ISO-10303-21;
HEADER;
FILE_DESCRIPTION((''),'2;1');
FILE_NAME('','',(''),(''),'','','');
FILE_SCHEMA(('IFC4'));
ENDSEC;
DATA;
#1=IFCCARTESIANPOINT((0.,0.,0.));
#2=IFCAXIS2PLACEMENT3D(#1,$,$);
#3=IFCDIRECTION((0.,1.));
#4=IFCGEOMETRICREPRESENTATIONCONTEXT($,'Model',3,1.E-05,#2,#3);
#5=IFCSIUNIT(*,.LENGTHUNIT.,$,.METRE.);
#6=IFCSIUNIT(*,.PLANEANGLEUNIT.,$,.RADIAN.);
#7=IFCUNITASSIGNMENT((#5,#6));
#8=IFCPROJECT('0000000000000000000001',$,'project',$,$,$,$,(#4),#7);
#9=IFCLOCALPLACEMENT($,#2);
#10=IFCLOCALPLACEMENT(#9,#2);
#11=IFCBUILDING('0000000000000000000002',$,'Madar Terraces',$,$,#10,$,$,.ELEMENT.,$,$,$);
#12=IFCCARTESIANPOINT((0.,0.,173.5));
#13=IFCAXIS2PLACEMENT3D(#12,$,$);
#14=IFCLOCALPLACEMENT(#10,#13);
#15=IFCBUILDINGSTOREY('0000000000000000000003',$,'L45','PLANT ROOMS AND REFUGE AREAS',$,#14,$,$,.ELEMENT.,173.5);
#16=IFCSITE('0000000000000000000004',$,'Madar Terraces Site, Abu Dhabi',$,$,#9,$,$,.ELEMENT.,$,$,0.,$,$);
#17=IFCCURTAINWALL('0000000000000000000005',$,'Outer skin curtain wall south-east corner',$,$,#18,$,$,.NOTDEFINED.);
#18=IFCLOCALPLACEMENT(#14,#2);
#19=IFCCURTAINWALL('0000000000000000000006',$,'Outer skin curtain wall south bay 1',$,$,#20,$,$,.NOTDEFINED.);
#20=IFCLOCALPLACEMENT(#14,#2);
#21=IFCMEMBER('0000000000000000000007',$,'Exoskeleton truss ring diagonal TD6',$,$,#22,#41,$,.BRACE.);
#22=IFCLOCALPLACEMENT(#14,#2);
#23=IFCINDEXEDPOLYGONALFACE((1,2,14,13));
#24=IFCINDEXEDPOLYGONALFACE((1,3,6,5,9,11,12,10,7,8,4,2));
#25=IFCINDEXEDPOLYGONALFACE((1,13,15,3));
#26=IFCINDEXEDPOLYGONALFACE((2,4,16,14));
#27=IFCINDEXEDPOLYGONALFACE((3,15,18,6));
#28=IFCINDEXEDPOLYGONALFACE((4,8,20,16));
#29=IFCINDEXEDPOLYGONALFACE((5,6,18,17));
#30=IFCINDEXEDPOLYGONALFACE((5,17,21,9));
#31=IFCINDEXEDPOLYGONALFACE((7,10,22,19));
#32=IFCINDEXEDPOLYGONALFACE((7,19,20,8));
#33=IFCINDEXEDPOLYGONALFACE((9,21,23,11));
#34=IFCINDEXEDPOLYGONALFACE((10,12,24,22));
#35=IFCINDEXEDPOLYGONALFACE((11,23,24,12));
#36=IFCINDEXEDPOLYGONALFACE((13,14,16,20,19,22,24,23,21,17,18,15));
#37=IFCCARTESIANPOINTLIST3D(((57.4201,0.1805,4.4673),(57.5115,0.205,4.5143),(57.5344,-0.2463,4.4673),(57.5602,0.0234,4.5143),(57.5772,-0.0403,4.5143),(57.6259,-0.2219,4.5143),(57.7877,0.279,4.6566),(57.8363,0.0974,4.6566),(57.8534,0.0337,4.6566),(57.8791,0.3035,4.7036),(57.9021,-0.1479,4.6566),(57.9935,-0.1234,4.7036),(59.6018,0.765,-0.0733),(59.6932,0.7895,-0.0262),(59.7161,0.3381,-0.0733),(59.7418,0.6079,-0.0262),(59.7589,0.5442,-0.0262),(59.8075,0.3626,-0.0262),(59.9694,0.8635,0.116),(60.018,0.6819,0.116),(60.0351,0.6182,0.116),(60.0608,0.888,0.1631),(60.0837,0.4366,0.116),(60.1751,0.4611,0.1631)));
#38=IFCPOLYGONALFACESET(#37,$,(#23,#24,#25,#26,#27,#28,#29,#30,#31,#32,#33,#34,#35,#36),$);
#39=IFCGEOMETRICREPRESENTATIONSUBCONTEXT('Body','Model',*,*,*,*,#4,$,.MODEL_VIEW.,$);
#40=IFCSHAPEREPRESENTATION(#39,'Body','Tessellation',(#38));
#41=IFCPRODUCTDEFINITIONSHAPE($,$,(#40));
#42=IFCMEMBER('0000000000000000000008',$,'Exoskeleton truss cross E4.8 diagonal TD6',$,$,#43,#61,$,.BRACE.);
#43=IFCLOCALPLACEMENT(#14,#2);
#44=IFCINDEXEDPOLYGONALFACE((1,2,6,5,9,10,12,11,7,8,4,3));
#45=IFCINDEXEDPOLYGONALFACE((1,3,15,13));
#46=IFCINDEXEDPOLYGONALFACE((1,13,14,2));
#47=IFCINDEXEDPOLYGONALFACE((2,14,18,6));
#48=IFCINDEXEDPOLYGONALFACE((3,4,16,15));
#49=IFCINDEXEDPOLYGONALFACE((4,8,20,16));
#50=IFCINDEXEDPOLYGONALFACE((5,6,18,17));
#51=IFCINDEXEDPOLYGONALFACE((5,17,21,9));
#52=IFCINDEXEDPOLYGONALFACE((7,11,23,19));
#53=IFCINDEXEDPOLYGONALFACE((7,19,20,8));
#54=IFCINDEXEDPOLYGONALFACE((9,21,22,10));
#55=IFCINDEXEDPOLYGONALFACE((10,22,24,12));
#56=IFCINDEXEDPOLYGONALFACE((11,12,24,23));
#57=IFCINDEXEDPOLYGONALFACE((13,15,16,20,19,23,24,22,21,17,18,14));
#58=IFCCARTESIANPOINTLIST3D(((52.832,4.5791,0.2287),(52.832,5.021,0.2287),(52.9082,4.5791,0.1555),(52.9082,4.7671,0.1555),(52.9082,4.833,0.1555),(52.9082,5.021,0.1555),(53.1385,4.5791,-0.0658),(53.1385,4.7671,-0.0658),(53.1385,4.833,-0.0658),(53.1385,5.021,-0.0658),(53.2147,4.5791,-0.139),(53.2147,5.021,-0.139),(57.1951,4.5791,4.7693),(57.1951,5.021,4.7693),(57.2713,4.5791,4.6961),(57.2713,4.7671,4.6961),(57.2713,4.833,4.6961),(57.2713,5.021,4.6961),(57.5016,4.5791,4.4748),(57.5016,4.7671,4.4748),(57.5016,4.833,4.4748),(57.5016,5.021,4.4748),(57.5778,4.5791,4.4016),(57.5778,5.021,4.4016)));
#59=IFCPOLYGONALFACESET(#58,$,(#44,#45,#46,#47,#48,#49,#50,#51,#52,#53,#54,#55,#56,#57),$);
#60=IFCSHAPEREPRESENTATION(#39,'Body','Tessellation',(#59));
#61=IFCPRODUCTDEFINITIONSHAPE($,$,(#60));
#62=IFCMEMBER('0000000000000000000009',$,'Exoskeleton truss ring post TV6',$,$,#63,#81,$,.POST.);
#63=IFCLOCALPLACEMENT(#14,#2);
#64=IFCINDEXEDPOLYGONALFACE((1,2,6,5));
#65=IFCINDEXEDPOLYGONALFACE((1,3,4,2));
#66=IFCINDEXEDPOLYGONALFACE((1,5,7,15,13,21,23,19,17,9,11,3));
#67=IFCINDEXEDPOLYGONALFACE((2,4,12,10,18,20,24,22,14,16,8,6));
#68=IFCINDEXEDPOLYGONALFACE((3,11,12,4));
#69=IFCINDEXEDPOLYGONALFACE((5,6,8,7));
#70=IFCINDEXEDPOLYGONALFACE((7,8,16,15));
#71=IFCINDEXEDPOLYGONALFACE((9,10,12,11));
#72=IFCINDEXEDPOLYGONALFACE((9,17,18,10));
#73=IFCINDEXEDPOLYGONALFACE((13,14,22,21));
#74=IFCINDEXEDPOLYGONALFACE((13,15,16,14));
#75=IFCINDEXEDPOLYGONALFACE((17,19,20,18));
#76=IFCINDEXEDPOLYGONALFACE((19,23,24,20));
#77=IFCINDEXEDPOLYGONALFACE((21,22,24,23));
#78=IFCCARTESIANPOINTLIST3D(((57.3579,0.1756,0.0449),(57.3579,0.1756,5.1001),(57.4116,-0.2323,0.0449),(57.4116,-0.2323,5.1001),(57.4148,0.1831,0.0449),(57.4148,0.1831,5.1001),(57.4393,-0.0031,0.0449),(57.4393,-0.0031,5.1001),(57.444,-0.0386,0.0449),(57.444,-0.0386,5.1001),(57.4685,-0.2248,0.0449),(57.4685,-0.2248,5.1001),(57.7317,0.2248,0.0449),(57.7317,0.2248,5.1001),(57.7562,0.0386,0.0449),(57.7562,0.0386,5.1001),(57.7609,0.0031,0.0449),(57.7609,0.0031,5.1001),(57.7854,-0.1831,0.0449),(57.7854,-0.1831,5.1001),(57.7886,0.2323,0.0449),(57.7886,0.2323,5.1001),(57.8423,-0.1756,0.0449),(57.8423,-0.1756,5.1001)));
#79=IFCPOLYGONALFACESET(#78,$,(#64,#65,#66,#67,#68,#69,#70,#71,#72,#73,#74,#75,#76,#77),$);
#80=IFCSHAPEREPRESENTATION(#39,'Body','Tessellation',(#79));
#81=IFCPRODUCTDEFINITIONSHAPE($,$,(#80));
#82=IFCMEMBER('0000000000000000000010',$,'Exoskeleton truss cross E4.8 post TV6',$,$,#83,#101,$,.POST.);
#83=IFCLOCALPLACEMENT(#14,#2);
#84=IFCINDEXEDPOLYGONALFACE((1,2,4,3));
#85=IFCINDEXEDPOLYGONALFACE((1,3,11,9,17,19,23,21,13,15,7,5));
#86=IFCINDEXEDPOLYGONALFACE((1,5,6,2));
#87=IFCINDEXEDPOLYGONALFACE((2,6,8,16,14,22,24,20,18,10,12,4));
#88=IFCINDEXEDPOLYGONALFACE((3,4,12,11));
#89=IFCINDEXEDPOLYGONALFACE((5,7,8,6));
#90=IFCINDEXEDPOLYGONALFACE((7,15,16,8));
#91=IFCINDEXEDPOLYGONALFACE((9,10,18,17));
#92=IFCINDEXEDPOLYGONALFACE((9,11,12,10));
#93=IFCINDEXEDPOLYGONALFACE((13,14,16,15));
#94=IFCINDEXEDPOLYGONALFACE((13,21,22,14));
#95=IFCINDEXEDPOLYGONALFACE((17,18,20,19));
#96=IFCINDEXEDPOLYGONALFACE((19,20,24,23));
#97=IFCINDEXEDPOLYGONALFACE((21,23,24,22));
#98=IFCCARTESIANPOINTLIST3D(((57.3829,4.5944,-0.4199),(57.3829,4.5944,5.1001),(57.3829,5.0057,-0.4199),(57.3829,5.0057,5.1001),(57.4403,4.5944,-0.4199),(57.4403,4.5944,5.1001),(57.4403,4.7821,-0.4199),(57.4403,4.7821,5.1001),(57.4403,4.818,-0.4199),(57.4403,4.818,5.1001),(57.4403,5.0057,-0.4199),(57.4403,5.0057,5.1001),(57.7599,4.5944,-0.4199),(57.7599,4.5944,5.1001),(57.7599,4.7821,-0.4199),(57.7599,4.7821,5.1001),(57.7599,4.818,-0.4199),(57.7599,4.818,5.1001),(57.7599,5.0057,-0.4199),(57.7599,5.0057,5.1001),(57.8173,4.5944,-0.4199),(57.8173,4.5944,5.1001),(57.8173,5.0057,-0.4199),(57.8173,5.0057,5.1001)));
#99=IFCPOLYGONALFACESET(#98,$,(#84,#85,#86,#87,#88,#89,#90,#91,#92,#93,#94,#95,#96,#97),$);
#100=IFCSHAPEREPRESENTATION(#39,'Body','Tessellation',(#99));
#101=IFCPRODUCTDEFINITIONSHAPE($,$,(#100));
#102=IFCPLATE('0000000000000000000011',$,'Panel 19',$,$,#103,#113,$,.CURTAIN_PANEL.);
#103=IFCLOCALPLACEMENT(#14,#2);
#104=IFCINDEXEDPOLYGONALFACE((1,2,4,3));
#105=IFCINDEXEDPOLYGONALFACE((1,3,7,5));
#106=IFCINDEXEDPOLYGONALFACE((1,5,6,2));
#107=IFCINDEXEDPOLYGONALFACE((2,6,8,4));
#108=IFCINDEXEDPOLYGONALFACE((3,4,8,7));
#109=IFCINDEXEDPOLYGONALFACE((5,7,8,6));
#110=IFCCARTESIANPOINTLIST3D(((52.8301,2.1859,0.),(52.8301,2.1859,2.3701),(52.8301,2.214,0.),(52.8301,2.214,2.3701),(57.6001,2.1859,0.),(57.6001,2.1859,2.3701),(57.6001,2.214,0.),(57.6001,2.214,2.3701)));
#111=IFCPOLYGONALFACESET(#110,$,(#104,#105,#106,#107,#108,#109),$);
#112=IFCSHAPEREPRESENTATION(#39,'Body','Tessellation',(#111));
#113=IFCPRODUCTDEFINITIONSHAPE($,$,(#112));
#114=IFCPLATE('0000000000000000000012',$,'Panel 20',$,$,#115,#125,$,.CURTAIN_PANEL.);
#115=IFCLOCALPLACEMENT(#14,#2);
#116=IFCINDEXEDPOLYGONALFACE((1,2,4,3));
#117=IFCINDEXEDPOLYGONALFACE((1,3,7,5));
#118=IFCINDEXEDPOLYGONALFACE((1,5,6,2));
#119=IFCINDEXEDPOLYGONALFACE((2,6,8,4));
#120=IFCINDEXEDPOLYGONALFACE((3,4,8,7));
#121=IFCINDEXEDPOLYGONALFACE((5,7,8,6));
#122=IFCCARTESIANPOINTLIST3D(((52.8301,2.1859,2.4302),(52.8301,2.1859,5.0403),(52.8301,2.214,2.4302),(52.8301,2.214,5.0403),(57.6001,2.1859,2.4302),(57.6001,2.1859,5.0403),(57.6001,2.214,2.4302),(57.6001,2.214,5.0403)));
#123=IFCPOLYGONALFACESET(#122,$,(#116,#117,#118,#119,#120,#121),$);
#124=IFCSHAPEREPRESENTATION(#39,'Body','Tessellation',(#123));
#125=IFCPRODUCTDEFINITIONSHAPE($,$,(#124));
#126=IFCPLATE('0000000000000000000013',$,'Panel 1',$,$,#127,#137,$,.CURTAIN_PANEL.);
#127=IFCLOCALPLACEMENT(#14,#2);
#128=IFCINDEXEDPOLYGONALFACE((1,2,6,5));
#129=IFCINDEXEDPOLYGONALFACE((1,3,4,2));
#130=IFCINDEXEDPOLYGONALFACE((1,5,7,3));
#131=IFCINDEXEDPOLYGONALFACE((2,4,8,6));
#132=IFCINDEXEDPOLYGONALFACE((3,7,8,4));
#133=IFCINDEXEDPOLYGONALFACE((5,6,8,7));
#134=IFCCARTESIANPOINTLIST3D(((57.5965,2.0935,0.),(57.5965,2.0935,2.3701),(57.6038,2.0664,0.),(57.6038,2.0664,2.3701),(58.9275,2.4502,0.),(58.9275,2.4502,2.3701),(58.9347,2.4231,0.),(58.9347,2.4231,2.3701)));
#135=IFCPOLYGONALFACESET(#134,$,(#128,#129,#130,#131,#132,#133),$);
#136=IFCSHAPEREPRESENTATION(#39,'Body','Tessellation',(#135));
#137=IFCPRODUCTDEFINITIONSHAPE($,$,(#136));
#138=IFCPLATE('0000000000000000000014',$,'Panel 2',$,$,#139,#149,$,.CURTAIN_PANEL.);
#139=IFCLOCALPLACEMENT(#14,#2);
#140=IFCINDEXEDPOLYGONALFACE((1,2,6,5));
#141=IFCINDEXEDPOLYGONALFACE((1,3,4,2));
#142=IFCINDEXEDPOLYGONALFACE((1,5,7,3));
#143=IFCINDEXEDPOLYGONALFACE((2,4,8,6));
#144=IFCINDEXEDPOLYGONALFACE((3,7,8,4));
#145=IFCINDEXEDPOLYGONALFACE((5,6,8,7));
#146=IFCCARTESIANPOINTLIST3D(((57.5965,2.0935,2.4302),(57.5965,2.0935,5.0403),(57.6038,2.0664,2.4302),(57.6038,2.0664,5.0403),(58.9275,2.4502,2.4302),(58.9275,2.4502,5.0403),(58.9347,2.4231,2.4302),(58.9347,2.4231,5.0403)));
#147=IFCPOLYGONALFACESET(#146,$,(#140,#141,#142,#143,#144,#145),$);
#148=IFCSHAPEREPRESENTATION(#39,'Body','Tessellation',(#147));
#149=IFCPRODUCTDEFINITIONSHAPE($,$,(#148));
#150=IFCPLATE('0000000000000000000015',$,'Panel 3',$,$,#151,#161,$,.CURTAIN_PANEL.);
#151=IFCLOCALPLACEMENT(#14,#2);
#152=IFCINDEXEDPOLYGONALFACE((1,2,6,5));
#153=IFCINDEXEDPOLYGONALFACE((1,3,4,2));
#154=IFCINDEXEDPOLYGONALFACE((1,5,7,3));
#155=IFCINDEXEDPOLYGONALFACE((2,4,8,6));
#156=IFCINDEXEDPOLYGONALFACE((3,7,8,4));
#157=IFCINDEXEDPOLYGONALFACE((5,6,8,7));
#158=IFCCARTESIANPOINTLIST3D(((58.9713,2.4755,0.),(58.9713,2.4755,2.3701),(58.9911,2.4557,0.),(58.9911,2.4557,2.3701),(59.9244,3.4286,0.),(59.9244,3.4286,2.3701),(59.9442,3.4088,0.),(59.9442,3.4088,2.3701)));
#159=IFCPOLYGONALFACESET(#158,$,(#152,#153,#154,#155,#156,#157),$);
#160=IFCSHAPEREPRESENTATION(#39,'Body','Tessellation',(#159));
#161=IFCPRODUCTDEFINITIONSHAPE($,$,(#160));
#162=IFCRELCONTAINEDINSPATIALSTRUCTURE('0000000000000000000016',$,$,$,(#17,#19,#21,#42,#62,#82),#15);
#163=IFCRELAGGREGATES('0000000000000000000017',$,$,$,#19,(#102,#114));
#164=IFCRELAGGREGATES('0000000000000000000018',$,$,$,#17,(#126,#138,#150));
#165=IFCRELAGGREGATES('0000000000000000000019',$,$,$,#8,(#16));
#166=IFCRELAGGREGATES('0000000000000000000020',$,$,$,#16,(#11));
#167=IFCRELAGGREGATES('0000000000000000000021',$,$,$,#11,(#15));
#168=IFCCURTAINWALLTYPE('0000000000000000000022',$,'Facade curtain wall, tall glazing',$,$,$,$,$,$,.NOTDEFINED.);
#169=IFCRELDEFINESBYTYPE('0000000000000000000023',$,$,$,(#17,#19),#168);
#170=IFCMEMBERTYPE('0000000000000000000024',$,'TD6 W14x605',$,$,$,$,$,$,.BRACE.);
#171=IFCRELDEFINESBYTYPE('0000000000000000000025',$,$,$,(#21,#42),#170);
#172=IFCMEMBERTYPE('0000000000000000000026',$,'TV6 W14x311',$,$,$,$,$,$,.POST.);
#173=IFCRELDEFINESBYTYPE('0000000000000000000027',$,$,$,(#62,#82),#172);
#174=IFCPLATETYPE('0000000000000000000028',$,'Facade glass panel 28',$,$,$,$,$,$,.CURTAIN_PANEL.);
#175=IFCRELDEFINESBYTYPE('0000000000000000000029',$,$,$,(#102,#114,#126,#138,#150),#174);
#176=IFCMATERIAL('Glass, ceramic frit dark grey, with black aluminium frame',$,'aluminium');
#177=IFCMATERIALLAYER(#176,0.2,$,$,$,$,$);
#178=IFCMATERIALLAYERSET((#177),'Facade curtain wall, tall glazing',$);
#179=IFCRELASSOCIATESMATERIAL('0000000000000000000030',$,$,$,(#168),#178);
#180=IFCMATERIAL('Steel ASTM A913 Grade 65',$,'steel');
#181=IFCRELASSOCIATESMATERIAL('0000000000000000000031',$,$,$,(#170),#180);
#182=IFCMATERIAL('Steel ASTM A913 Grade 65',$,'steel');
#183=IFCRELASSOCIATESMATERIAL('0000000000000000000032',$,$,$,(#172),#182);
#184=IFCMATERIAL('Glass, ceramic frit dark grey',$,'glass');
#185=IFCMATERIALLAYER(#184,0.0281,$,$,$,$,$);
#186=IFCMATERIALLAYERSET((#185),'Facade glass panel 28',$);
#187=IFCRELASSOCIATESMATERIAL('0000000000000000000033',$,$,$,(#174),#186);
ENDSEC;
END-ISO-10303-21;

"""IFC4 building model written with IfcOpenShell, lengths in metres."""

from ifc_helpers import new_model, si_unit, direction, frame, origin, origin_2d, place, context, subcontext, project, spatial, rectangle, i_section, extrude, material, layer, layer_set, material_profile, profile_set, type_object, element, aggregate, save


model = new_model("IFC4")

# Units and contexts
model_context = context("Model", 3, precision=1e-05, world=origin(), true_north=direction((0.0, 1.0)))
body_context = subcontext(model_context, "Body", "Model", "MODEL_VIEW")
ifc_project = project(units=[si_unit("LENGTHUNIT", "METRE"), si_unit("PLANEANGLEUNIT", "RADIAN")], contexts=[model_context])

# Site, building, storey
site_placement = place(None, origin())
site = spatial("IfcSite", under=ifc_project, at=site_placement, Name="Madar Terraces Site, Abu Dhabi", CompositionType="ELEMENT", RefElevation=0.0)
building_placement = place(site_placement, origin())
building = spatial("IfcBuilding", under=site, at=building_placement, Name="Madar Terraces", CompositionType="ELEMENT")
storey_placement = place(building_placement, frame((0.0, 0.0, 173.5)))
storey = spatial("IfcBuildingStorey", under=building, at=storey_placement, Name="L45", Description="PLANT ROOMS AND REFUGE AREAS", CompositionType="ELEMENT", Elevation=173.5)

# Curtain walls
ifc_material_1 = material(Name="Glass, ceramic frit dark grey, with black aluminium frame", Category="aluminium")
ifc_layer_1 = layer(ifc_material_1, 0.2)
ifc_layer_set_1 = layer_set([ifc_layer_1], Name="Facade curtain wall, tall glazing")
curtain_wall_type = type_object("IfcCurtainWallType", Name="Facade curtain wall, tall glazing", PredefinedType="NOTDEFINED", material=ifc_layer_set_1)
curtain_wall_1_placement = place(storey_placement, origin())
curtain_wall_1 = element("IfcCurtainWall", 1, at=curtain_wall_1_placement, inside=storey, type_object=curtain_wall_type, Name="Outer skin curtain wall south-east corner", PredefinedType="NOTDEFINED")
curtain_wall_2_placement = place(storey_placement, origin())
curtain_wall_2 = element("IfcCurtainWall", 2, at=curtain_wall_2_placement, inside=storey, type_object=curtain_wall_type, Name="Outer skin curtain wall south bay 1", PredefinedType="NOTDEFINED")

# Members
ifc_material_2 = material(Name="Steel ASTM A913 Grade 65", Category="steel")
ifc_material_profile_1 = material_profile(ifc_material_2, i_section(OverallWidth=0.4419, OverallDepth=0.5308, WebThickness=0.0659, FlangeThickness=0.1057, at=origin_2d()), Name="W14x605")
ifc_profile_set_1 = profile_set([ifc_material_profile_1], Name="Steel ASTM A913 Grade 65")
member_type_1 = type_object("IfcMemberType", Name="TD6 W14x605", PredefinedType="BRACE", material=ifc_profile_set_1)
member_1_placement = place(storey_placement, frame((57.7068, 0.0286, 4.5854), z_axis=(0.430198, 0.115252, -0.895347), x_axis=(-0.258779, 0.965936, 0.0)))
element("IfcMember", 3, at=member_1_placement, inside=storey, type_object=member_type_1, Name="Exoskeleton truss ring diagonal TD6", PredefinedType="BRACE", context=body_context, shape_type="SweptSolid", body=[
    extrude(i_section(OverallWidth=0.4419, OverallDepth=0.5308, WebThickness=0.0659, FlangeThickness=0.1057, at=origin_2d()), origin(), (0.0, 0.0, 1.0), 5.0713),
])
member_2_placement = place(storey_placement, frame((57.3865, 4.8, 4.5854), z_axis=(-0.692873, 0.0, -0.72106), x_axis=(0.0, -1.0, 0.0)))
element("IfcMember", 4, at=member_2_placement, inside=storey, type_object=member_type_1, Name="Exoskeleton truss cross E4.8 diagonal TD6", PredefinedType="BRACE", context=body_context, shape_type="SweptSolid", body=[
    extrude(i_section(OverallWidth=0.4419, OverallDepth=0.5308, WebThickness=0.0659, FlangeThickness=0.1057, at=origin_2d()), origin(), (0.0, 0.0, 1.0), 6.2971),
])
ifc_material_3 = material(Name="Steel ASTM A913 Grade 65", Category="steel")
ifc_material_profile_2 = material_profile(ifc_material_3, i_section(OverallWidth=0.4114, OverallDepth=0.4343, WebThickness=0.0359, FlangeThickness=0.0574, at=origin_2d()), Name="W14x311")
ifc_profile_set_2 = profile_set([ifc_material_profile_2], Name="Steel ASTM A913 Grade 65")
member_type_2 = type_object("IfcMemberType", Name="TV6 W14x311", PredefinedType="POST", material=ifc_profile_set_2)
member_3_placement = place(storey_placement, frame((57.6001, 0.0, 0.0449), z_axis=(0.0, 0.0, 1.0), x_axis=(-0.130526, 0.991445, 0.0)))
element("IfcMember", 5, at=member_3_placement, inside=storey, type_object=member_type_2, Name="Exoskeleton truss ring post TV6", PredefinedType="POST", context=body_context, shape_type="SweptSolid", body=[
    extrude(i_section(OverallWidth=0.4114, OverallDepth=0.4343, WebThickness=0.0359, FlangeThickness=0.0574, at=origin_2d()), origin(), (0.0, 0.0, 1.0), 5.0552),
])
member_4_placement = place(storey_placement, frame((57.6001, 4.8, -0.4199), z_axis=(0.0, 0.0, 1.0), x_axis=(0.0, 1.0, 0.0)))
element("IfcMember", 6, at=member_4_placement, inside=storey, type_object=member_type_2, Name="Exoskeleton truss cross E4.8 post TV6", PredefinedType="POST", context=body_context, shape_type="SweptSolid", body=[
    extrude(i_section(OverallWidth=0.4114, OverallDepth=0.4343, WebThickness=0.0359, FlangeThickness=0.0574, at=origin_2d()), origin(), (0.0, 0.0, 1.0), 5.52),
])

# Plates
ifc_material_4 = material(Name="Glass, ceramic frit dark grey", Category="glass")
ifc_layer_2 = layer(ifc_material_4, 0.0281)
ifc_layer_set_2 = layer_set([ifc_layer_2], Name="Facade glass panel 28")
plate_type = type_object("IfcPlateType", Name="Facade glass panel 28", PredefinedType="CURTAIN_PANEL", material=ifc_layer_set_2)
plate_1_placement = place(storey_placement, frame((55.2151, 2.2, 0.0), z_axis=(0.0, 0.0, 1.0), x_axis=(1.0, 0.0, 0.0)))
plate_1 = element("IfcPlate", 7, at=plate_1_placement, type_object=plate_type, Name="Panel 19", PredefinedType="CURTAIN_PANEL", context=body_context, shape_type="SweptSolid", body=[
    extrude(rectangle(XDim=4.77, YDim=0.0281, at=origin_2d()), origin(), (0.0, 0.0, 1.0), 2.3701),
])
plate_2_placement = place(storey_placement, frame((55.2151, 2.2, 2.4302), z_axis=(0.0, 0.0, 1.0), x_axis=(1.0, 0.0, 0.0)))
plate_2 = element("IfcPlate", 8, at=plate_2_placement, type_object=plate_type, Name="Panel 20", PredefinedType="CURTAIN_PANEL", context=body_context, shape_type="SweptSolid", body=[
    extrude(rectangle(XDim=4.77, YDim=0.0281, at=origin_2d()), origin(), (0.0, 0.0, 1.0), 2.6101),
])
aggregate(curtain_wall_2, [plate_1, plate_2])
plate_3_placement = place(storey_placement, frame((58.2656, 2.2583, 0.0), z_axis=(0.0, 0.0, 1.0), x_axis=(0.965926, 0.258819, 0.0)))
plate_3 = element("IfcPlate", 9, at=plate_3_placement, type_object=plate_type, Name="Panel 1", PredefinedType="CURTAIN_PANEL", context=body_context, shape_type="SweptSolid", body=[
    extrude(rectangle(XDim=1.3779, YDim=0.0281, at=origin_2d()), origin(), (0.0, 0.0, 1.0), 2.3701),
])
plate_4_placement = place(storey_placement, frame((58.2656, 2.2583, 2.4302), z_axis=(0.0, 0.0, 1.0), x_axis=(0.965926, 0.258819, 0.0)))
plate_4 = element("IfcPlate", 10, at=plate_4_placement, type_object=plate_type, Name="Panel 2", PredefinedType="CURTAIN_PANEL", context=body_context, shape_type="SweptSolid", body=[
    extrude(rectangle(XDim=1.3779, YDim=0.0281, at=origin_2d()), origin(), (0.0, 0.0, 1.0), 2.6101),
])
plate_5_placement = place(storey_placement, frame((59.4578, 2.9421, 0.0), z_axis=(0.0, 0.0, 1.0), x_axis=(0.707107, 0.707107, 0.0)))
plate_5 = element("IfcPlate", 11, at=plate_5_placement, type_object=plate_type, Name="Panel 3", PredefinedType="CURTAIN_PANEL", context=body_context, shape_type="SweptSolid", body=[
    extrude(rectangle(XDim=1.3479, YDim=0.0281, at=origin_2d()), origin(), (0.0, 0.0, 1.0), 2.3701),
])
aggregate(curtain_wall_1, [plate_3, plate_4, plate_5])

save(model, "model.ifc")
